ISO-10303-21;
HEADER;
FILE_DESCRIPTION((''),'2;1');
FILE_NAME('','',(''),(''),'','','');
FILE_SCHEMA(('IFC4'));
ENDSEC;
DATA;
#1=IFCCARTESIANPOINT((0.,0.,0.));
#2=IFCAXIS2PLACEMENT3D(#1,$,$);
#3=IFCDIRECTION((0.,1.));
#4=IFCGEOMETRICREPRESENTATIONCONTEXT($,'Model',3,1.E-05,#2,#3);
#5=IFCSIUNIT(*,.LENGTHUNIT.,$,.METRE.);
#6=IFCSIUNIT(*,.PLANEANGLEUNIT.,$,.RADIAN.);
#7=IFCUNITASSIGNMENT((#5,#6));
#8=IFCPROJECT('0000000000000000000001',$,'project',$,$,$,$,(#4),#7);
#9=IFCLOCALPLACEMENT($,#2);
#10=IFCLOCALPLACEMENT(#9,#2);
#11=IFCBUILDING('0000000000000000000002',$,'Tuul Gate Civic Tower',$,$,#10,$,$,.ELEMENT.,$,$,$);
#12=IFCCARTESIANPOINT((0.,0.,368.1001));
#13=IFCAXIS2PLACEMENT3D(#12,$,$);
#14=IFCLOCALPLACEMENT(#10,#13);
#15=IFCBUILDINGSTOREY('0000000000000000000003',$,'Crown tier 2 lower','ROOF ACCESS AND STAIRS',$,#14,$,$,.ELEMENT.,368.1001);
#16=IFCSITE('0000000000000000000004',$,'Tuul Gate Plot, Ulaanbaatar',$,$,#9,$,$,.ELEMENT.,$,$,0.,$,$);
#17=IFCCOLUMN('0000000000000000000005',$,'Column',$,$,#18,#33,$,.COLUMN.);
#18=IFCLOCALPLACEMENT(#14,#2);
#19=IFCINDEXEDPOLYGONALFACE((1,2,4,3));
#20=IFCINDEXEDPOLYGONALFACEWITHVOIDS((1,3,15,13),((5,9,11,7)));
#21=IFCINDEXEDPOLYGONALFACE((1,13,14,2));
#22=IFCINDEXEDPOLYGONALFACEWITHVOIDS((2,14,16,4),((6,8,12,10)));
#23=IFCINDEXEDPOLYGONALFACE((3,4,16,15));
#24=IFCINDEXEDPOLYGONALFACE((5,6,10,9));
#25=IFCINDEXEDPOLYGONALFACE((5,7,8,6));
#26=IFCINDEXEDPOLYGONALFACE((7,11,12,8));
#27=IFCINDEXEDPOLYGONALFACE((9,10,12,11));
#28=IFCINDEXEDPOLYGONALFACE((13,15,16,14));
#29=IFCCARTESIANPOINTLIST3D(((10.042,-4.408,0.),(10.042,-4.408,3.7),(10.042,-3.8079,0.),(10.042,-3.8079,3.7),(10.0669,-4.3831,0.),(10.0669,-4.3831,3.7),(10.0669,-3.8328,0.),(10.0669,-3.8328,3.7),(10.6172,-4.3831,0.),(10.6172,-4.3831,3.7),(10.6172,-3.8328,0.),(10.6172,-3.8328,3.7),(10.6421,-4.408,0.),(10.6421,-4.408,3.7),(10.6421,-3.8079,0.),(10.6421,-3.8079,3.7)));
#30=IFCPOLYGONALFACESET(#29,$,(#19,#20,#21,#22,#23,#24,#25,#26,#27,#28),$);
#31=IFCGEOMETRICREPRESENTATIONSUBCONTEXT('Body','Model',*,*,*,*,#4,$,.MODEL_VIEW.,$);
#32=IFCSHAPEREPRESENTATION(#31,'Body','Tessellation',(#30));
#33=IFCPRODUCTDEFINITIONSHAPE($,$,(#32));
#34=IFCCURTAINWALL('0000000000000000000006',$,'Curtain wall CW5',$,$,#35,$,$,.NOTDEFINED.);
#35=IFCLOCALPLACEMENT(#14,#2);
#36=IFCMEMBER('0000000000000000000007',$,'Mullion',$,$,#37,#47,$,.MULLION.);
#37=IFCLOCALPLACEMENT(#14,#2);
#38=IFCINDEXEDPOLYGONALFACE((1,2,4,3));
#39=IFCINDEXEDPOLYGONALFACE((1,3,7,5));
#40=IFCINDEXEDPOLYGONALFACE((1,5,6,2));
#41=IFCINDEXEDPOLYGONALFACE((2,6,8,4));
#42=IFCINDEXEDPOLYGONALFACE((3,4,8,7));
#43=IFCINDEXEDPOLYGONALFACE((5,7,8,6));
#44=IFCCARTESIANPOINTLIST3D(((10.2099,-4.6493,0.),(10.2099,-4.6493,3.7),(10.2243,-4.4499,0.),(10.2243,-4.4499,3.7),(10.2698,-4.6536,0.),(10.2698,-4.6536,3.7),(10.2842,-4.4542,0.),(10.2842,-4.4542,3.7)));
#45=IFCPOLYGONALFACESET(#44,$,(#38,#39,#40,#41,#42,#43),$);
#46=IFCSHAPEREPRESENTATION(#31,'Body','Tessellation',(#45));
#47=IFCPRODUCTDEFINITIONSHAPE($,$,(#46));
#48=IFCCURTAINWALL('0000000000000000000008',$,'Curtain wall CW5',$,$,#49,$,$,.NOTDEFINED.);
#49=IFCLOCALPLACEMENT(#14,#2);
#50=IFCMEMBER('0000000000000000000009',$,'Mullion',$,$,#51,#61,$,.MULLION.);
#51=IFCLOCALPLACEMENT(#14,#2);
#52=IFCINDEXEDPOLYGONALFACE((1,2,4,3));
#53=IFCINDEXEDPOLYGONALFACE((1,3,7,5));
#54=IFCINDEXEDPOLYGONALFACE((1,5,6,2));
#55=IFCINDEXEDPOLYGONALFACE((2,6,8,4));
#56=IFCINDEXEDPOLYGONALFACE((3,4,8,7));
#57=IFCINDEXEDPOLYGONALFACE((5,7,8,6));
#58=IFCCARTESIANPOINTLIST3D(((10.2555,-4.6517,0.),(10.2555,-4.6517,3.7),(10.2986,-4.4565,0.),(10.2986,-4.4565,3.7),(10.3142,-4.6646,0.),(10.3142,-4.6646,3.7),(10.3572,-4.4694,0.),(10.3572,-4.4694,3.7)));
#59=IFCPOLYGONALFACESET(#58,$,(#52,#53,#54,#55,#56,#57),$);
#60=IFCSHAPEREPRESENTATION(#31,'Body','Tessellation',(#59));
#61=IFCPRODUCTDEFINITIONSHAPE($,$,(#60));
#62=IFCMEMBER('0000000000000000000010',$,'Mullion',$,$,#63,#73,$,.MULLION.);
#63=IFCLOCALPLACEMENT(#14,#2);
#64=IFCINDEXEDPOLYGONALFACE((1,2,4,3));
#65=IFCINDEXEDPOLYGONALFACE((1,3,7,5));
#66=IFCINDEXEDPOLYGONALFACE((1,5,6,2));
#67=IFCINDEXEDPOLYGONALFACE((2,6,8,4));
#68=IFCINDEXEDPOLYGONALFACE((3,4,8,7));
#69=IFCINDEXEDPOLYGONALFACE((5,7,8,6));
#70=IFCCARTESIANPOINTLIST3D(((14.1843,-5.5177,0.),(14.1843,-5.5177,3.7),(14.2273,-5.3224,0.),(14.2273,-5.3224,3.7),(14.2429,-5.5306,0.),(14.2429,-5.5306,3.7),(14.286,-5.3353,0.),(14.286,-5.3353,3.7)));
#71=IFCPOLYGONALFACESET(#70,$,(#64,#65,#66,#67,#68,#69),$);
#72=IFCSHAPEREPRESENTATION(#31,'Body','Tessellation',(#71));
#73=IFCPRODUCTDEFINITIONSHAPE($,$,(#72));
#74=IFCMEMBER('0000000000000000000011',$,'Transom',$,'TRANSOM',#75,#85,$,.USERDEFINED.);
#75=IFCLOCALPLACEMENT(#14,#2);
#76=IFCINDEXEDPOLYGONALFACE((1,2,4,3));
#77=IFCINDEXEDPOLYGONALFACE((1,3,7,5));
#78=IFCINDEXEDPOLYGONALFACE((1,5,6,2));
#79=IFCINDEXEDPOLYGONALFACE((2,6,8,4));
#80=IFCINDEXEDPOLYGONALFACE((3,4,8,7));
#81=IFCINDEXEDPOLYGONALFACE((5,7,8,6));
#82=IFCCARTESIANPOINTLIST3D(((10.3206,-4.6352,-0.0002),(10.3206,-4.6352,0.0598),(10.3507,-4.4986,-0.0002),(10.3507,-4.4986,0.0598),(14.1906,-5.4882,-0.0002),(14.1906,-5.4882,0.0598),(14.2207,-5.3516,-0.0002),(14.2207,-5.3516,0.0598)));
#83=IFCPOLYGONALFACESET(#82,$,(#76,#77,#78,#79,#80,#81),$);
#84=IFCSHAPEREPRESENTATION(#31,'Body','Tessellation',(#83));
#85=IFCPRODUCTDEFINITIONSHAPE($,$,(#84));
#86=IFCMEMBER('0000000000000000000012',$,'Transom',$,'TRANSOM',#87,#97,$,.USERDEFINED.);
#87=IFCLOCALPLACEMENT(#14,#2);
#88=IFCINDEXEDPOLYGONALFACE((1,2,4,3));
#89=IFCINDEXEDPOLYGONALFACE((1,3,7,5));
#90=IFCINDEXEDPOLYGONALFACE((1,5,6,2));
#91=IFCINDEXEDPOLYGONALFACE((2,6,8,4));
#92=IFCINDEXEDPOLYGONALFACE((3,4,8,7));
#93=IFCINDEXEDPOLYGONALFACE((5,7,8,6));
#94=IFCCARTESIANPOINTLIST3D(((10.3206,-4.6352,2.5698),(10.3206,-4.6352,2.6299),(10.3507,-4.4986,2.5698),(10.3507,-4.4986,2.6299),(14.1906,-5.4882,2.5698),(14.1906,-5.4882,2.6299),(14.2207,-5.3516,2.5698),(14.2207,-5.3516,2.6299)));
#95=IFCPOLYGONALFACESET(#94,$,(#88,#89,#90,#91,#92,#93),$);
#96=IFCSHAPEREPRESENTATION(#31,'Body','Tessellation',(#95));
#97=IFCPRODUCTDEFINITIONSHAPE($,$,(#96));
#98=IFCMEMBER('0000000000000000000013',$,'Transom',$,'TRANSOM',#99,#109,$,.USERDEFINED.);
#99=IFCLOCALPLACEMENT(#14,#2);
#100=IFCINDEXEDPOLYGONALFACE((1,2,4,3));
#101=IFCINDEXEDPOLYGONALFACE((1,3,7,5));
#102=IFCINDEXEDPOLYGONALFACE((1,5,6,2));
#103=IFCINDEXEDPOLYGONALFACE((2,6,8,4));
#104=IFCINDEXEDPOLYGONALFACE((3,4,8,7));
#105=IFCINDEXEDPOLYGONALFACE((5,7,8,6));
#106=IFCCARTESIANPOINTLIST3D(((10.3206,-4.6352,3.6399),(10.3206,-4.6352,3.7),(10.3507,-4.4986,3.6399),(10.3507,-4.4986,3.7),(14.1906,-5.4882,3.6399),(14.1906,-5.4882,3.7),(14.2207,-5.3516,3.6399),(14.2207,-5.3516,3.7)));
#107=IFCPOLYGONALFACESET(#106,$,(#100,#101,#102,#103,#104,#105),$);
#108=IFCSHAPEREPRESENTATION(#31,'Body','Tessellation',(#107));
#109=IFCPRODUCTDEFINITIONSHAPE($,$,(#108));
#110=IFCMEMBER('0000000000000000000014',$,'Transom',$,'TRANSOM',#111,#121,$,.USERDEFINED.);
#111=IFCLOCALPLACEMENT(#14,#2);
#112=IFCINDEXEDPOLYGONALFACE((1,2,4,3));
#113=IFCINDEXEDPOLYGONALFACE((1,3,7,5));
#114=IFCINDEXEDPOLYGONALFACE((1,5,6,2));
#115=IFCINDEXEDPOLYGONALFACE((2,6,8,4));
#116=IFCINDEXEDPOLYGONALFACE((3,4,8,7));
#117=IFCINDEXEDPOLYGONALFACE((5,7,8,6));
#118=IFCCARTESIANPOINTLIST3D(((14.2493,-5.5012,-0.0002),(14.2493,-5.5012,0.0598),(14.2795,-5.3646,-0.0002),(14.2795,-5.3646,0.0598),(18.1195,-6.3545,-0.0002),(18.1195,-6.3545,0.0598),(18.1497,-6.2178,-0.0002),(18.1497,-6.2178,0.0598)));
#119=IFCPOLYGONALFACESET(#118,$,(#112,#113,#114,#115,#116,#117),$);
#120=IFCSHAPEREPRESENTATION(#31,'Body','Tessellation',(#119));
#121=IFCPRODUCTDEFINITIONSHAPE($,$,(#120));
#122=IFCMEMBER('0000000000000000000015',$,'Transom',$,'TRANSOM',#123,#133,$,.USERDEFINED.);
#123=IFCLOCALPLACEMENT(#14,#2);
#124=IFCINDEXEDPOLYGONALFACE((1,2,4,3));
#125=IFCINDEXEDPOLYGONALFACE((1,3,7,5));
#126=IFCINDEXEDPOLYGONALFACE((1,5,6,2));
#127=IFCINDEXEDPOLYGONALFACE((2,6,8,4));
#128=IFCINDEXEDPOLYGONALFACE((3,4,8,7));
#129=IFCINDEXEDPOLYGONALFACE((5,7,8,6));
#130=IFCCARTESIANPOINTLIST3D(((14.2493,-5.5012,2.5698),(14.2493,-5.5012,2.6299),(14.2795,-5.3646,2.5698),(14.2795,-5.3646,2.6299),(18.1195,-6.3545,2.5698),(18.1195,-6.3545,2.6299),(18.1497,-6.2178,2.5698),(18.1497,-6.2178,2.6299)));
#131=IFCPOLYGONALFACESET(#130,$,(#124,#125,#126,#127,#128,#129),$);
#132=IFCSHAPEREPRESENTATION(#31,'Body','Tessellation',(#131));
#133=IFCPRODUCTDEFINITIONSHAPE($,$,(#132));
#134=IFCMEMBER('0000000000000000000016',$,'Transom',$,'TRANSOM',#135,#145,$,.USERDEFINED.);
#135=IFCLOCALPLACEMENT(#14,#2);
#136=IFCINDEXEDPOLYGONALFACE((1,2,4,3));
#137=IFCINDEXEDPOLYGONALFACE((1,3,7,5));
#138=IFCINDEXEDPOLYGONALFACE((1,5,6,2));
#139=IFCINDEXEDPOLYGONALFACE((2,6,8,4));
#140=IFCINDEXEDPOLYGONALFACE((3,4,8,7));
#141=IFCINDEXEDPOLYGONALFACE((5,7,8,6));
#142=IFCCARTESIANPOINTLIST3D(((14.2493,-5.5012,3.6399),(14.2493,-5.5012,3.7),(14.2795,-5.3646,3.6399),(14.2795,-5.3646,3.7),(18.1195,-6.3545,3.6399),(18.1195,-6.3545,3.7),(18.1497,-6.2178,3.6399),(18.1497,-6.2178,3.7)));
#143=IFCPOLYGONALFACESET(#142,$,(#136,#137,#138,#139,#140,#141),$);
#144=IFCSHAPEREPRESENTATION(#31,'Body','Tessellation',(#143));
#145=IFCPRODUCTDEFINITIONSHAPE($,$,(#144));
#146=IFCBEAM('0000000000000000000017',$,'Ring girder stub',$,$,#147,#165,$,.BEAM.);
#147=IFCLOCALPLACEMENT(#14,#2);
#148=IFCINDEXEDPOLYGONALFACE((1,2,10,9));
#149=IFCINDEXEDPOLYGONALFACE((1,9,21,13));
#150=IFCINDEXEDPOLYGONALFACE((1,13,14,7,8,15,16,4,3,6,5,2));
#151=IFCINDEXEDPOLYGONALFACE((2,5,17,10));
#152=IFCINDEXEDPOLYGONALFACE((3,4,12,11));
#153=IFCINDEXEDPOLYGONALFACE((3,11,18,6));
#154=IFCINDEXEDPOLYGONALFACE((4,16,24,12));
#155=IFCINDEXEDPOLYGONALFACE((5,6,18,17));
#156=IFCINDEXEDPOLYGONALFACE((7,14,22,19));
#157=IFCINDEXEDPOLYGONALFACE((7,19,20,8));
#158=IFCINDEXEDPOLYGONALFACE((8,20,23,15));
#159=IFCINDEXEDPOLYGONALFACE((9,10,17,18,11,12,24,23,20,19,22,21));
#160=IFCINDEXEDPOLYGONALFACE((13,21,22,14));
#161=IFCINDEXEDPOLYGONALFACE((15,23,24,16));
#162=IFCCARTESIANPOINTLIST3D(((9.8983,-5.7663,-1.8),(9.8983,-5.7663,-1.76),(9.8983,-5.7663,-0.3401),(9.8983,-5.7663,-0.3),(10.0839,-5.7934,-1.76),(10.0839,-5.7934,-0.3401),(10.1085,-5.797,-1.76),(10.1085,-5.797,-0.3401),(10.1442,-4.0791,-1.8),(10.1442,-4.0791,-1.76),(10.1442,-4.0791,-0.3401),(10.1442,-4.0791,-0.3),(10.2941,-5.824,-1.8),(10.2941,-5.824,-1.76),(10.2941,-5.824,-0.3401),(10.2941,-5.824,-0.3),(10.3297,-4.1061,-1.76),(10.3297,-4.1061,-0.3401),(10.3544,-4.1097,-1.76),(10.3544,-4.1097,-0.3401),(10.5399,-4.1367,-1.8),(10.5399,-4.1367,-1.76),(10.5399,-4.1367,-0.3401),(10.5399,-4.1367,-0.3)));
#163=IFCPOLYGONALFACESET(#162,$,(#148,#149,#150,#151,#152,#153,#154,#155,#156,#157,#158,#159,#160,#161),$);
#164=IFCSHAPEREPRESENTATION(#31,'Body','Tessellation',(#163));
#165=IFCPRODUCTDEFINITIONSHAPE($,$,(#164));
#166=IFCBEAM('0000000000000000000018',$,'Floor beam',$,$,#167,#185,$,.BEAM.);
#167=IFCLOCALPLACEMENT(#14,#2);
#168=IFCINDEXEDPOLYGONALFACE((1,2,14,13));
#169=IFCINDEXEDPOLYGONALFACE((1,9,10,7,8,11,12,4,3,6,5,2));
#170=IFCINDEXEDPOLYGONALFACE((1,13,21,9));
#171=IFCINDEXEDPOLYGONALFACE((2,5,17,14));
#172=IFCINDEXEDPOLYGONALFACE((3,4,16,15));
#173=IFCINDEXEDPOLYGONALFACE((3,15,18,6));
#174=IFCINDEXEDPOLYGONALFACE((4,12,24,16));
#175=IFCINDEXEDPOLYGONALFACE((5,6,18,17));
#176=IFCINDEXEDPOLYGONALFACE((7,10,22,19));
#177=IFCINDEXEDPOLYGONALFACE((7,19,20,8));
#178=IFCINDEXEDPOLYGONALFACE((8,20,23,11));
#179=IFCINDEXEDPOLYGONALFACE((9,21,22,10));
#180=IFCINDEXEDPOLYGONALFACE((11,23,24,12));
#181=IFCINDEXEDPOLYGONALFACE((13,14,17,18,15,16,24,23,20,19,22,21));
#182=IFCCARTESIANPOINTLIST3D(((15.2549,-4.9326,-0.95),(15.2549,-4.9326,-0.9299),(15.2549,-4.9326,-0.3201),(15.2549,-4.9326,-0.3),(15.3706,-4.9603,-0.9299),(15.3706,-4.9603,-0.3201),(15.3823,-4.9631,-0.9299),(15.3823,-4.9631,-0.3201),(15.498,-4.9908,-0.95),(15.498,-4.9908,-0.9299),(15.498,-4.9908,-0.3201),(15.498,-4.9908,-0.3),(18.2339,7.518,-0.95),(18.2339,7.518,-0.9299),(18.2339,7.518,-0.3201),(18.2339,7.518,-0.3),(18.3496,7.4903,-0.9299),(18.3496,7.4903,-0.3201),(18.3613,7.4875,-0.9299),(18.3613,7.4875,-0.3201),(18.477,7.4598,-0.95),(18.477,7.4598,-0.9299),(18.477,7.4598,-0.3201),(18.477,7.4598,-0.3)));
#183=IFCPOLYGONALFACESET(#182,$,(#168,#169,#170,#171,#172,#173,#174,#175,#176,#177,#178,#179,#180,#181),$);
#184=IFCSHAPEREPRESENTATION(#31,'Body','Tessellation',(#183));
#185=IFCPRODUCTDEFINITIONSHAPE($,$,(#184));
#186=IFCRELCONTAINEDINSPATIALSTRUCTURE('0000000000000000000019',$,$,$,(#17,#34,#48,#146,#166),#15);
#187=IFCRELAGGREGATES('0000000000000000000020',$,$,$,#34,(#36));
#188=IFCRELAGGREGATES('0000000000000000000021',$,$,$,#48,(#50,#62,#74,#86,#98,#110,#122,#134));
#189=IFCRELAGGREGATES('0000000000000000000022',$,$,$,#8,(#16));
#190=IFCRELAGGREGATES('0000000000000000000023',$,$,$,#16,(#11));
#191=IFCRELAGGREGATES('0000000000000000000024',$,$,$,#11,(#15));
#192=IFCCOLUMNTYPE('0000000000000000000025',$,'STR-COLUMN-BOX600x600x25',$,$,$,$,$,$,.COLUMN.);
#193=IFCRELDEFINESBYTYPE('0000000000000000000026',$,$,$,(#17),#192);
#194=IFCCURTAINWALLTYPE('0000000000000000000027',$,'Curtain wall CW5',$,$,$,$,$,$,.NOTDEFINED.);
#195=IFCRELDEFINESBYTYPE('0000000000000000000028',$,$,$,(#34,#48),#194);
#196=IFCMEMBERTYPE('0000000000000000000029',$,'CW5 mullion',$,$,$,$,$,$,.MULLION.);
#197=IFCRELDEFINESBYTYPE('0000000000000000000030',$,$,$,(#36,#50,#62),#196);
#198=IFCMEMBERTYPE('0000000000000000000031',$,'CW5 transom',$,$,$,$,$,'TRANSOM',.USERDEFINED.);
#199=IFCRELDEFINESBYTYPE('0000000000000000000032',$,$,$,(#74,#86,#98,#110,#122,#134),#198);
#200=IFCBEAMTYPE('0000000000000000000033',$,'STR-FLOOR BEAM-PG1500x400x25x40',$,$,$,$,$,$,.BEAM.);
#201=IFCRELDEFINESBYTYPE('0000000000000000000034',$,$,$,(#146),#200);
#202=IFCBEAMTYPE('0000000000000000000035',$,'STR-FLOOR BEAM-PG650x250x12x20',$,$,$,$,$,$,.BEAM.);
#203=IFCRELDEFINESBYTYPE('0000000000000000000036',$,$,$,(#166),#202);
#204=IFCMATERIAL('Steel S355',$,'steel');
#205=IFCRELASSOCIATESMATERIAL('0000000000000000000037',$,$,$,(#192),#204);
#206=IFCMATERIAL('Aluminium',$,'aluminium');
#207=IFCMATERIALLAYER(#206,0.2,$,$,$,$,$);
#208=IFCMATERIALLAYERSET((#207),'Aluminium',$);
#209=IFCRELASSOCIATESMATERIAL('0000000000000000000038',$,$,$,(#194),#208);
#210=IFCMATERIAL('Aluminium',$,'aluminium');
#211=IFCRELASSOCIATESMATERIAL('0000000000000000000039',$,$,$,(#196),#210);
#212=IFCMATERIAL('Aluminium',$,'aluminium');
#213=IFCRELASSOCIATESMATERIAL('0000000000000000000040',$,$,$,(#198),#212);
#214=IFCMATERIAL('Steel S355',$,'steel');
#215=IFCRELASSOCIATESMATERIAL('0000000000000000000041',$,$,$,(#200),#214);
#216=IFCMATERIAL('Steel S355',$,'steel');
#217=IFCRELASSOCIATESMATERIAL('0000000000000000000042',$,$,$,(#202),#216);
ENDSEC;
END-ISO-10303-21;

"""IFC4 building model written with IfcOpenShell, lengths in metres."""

from ifc_helpers import new_model, si_unit, direction, frame, origin, origin_2d, place, context, subcontext, project, spatial, rectangle, hollow_rectangle, i_section, extrude, material, layer, layer_set, material_profile, profile_set, type_object, element, aggregate, save


model = new_model("IFC4")

# Units and contexts
model_context = context("Model", 3, precision=1e-05, world=origin(), true_north=direction((0.0, 1.0)))
body_context = subcontext(model_context, "Body", "Model", "MODEL_VIEW")
ifc_project = project(units=[si_unit("LENGTHUNIT", "METRE"), si_unit("PLANEANGLEUNIT", "RADIAN")], contexts=[model_context])

# Site, building, storey
site_placement = place(None, origin())
site = spatial("IfcSite", under=ifc_project, at=site_placement, Name="Tuul Gate Plot, Ulaanbaatar", CompositionType="ELEMENT", RefElevation=0.0)
building_placement = place(site_placement, origin())
building = spatial("IfcBuilding", under=site, at=building_placement, Name="Tuul Gate Civic Tower", CompositionType="ELEMENT")
storey_placement = place(building_placement, frame((0.0, 0.0, 368.1001)))
storey = spatial("IfcBuildingStorey", under=building, at=storey_placement, Name="Crown tier 2 lower", Description="ROOF ACCESS AND STAIRS", CompositionType="ELEMENT", Elevation=368.1001)

# Column
ifc_material_1 = material(Name="Steel S355", Category="steel")
ifc_material_profile_1 = material_profile(ifc_material_1, hollow_rectangle(XDim=0.6001, YDim=0.6001, WallThickness=0.0249, at=origin_2d()), Name="BOX600x600x25")
ifc_profile_set_1 = profile_set([ifc_material_profile_1], Name="Steel S355")
column_type = type_object("IfcColumnType", Name="STR-COLUMN-BOX600x600x25", PredefinedType="COLUMN", material=ifc_profile_set_1)
column_placement = place(storey_placement, frame((10.342, -4.1079, 0.0), z_axis=(0.0, 0.0, 1.0), x_axis=(1.0, 0.0, 0.0)))
element("IfcColumn", 1, at=column_placement, inside=storey, type_object=column_type, Name="Column", PredefinedType="COLUMN", context=body_context, shape_type="SweptSolid", body=[
    extrude(hollow_rectangle(XDim=0.6001, YDim=0.6001, WallThickness=0.0249, at=origin_2d()), origin(), (0.0, 0.0, 1.0), 3.7),
])

# Curtain wall, member
ifc_material_2 = material(Name="Aluminium", Category="aluminium")
ifc_layer_1 = layer(ifc_material_2, 0.2)
ifc_layer_set_1 = layer_set([ifc_layer_1], Name="Aluminium")
curtain_wall_type = type_object("IfcCurtainWallType", Name="Curtain wall CW5", PredefinedType="NOTDEFINED", material=ifc_layer_set_1)
curtain_wall_1_placement = place(storey_placement, origin())
curtain_wall_1 = element("IfcCurtainWall", 2, at=curtain_wall_1_placement, inside=storey, type_object=curtain_wall_type, Name="Curtain wall CW5", PredefinedType="NOTDEFINED")
ifc_material_3 = material(Name="Aluminium", Category="aluminium")
ifc_material_profile_2 = material_profile(ifc_material_3, rectangle(XDim=0.2, YDim=0.0601, at=origin_2d()), Name="CW5 mullion")
ifc_profile_set_2 = profile_set([ifc_material_profile_2], Name="Aluminium")
member_type_1 = type_object("IfcMemberType", Name="CW5 mullion", PredefinedType="MULLION", material=ifc_profile_set_2)
member_1_placement = place(storey_placement, frame((10.2471, -4.5518, 0.0), z_axis=(0.0, 0.0, 1.0), x_axis=(0.072168, 0.997393, 0.0)))
member_1 = element("IfcMember", 3, at=member_1_placement, type_object=member_type_1, Name="Mullion", PredefinedType="MULLION", context=body_context, shape_type="SweptSolid", body=[
    extrude(rectangle(XDim=0.2, YDim=0.0601, at=origin_2d()), origin(), (0.0, 0.0, 1.0), 3.7),
])

# Curtain wall, members
curtain_wall_2_placement = place(storey_placement, origin())
curtain_wall_2 = element("IfcCurtainWall", 4, at=curtain_wall_2_placement, inside=storey, type_object=curtain_wall_type, Name="Curtain wall CW5", PredefinedType="NOTDEFINED")
member_2_placement = place(storey_placement, frame((10.3064, -4.5605, 0.0), z_axis=(0.0, 0.0, 1.0), x_axis=(0.215271, 0.976554, 0.0)))
member_2 = element("IfcMember", 5, at=member_2_placement, type_object=member_type_1, Name="Mullion", PredefinedType="MULLION", context=body_context, shape_type="SweptSolid", body=[
    extrude(rectangle(XDim=0.2, YDim=0.0601, at=origin_2d()), origin(), (0.0, 0.0, 1.0), 3.7),
])
member_3_placement = place(storey_placement, frame((14.2351, -5.4265, 0.0), z_axis=(0.0, 0.0, 1.0), x_axis=(0.215271, 0.976554, 0.0)))
member_3 = element("IfcMember", 6, at=member_3_placement, type_object=member_type_1, Name="Mullion", PredefinedType="MULLION", context=body_context, shape_type="SweptSolid", body=[
    extrude(rectangle(XDim=0.2, YDim=0.0601, at=origin_2d()), origin(), (0.0, 0.0, 1.0), 3.7),
])
ifc_material_4 = material(Name="Aluminium", Category="aluminium")
ifc_material_profile_3 = material_profile(ifc_material_4, rectangle(XDim=0.1399, YDim=0.0601, at=origin_2d()), Name="CW5 transom")
ifc_profile_set_3 = profile_set([ifc_material_profile_3], Name="Aluminium")
member_type_2 = type_object("IfcMemberType", Name="CW5 transom", ElementType="TRANSOM", PredefinedType="USERDEFINED", material=ifc_profile_set_3)
member_4_placement = place(storey_placement, frame((10.3357, -4.5669, 0.0298), z_axis=(0.97656, -0.215247, 0.0), x_axis=(0.215247, 0.97656, 0.0)))
member_4 = element("IfcMember", 7, at=member_4_placement, type_object=member_type_2, Name="Transom", ObjectType="TRANSOM", PredefinedType="USERDEFINED", context=body_context, shape_type="SweptSolid", body=[
    extrude(rectangle(XDim=0.1399, YDim=0.0601, at=origin_2d()), origin(), (0.0, 0.0, 1.0), 3.9629),
])
member_5_placement = place(storey_placement, frame((10.3357, -4.5669, 2.5999), z_axis=(0.97656, -0.215247, 0.0), x_axis=(0.215247, 0.97656, 0.0)))
member_5 = element("IfcMember", 8, at=member_5_placement, type_object=member_type_2, Name="Transom", ObjectType="TRANSOM", PredefinedType="USERDEFINED", context=body_context, shape_type="SweptSolid", body=[
    extrude(rectangle(XDim=0.1399, YDim=0.0601, at=origin_2d()), origin(), (0.0, 0.0, 1.0), 3.9629),
])
member_6_placement = place(storey_placement, frame((10.3357, -4.5669, 3.6699), z_axis=(0.97656, -0.215247, 0.0), x_axis=(0.215247, 0.97656, 0.0)))
member_6 = element("IfcMember", 9, at=member_6_placement, type_object=member_type_2, Name="Transom", ObjectType="TRANSOM", PredefinedType="USERDEFINED", context=body_context, shape_type="SweptSolid", body=[
    extrude(rectangle(XDim=0.1399, YDim=0.0601, at=origin_2d()), origin(), (0.0, 0.0, 1.0), 3.9629),
])
member_7_placement = place(storey_placement, frame((14.2644, -5.4329, 0.0298), z_axis=(0.976547, -0.215306, 0.0), x_axis=(0.215306, 0.976547, 0.0)))
member_7 = element("IfcMember", 10, at=member_7_placement, type_object=member_type_2, Name="Transom", ObjectType="TRANSOM", PredefinedType="USERDEFINED", context=body_context, shape_type="SweptSolid", body=[
    extrude(rectangle(XDim=0.1399, YDim=0.0601, at=origin_2d()), origin(), (0.0, 0.0, 1.0), 3.9631),
])
member_8_placement = place(storey_placement, frame((14.2644, -5.4329, 2.5999), z_axis=(0.976547, -0.215306, 0.0), x_axis=(0.215306, 0.976547, 0.0)))
member_8 = element("IfcMember", 11, at=member_8_placement, type_object=member_type_2, Name="Transom", ObjectType="TRANSOM", PredefinedType="USERDEFINED", context=body_context, shape_type="SweptSolid", body=[
    extrude(rectangle(XDim=0.1399, YDim=0.0601, at=origin_2d()), origin(), (0.0, 0.0, 1.0), 3.9631),
])
member_9_placement = place(storey_placement, frame((14.2644, -5.4329, 3.6699), z_axis=(0.976547, -0.215306, 0.0), x_axis=(0.215306, 0.976547, 0.0)))
member_9 = element("IfcMember", 12, at=member_9_placement, type_object=member_type_2, Name="Transom", ObjectType="TRANSOM", PredefinedType="USERDEFINED", context=body_context, shape_type="SweptSolid", body=[
    extrude(rectangle(XDim=0.1399, YDim=0.0601, at=origin_2d()), origin(), (0.0, 0.0, 1.0), 3.9631),
])

# Beams
ifc_material_5 = material(Name="Steel S355", Category="steel")
ifc_material_profile_4 = material_profile(ifc_material_5, i_section(OverallWidth=0.3999, OverallDepth=1.5, WebThickness=0.0249, FlangeThickness=0.04, at=origin_2d()), Name="PG1500x400x25x40")
ifc_profile_set_4 = profile_set([ifc_material_profile_4], Name="Steel S355")
beam_type_1 = type_object("IfcBeamType", Name="STR-FLOOR BEAM-PG1500x400x25x40", PredefinedType="BEAM", material=ifc_profile_set_4)
beam_1_placement = place(storey_placement, frame((10.0962, -5.7952, -1.05), z_axis=(0.144187, 0.98955, 0.0), x_axis=(-0.98955, 0.144187, 0.0)))
element("IfcBeam", 13, at=beam_1_placement, inside=storey, type_object=beam_type_1, Name="Ring girder stub", PredefinedType="BEAM", context=body_context, shape_type="SweptSolid", body=[
    extrude(i_section(OverallWidth=0.3999, OverallDepth=1.5, WebThickness=0.0249, FlangeThickness=0.04, at=origin_2d()), origin(), (0.0, 0.0, 1.0), 1.7051),
])
ifc_material_6 = material(Name="Steel S355", Category="steel")
ifc_material_profile_5 = material_profile(ifc_material_6, i_section(OverallWidth=0.25, OverallDepth=0.6499, WebThickness=0.012, FlangeThickness=0.02, at=origin_2d()), Name="PG650x250x12x20")
ifc_profile_set_5 = profile_set([ifc_material_profile_5], Name="Steel S355")
beam_type_2 = type_object("IfcBeamType", Name="STR-FLOOR BEAM-PG650x250x12x20", PredefinedType="BEAM", material=ifc_profile_set_5)
beam_2_placement = place(storey_placement, frame((15.3765, -4.9617, -0.625), z_axis=(0.232696, 0.972549, 0.0), x_axis=(-0.972549, 0.232696, 0.0)))
element("IfcBeam", 14, at=beam_2_placement, inside=storey, type_object=beam_type_2, Name="Floor beam", PredefinedType="BEAM", context=body_context, shape_type="SweptSolid", body=[
    extrude(i_section(OverallWidth=0.25, OverallDepth=0.6499, WebThickness=0.012, FlangeThickness=0.02, at=origin_2d()), origin(), (0.0, 0.0, 1.0), 12.802),
])

aggregate(curtain_wall_1, [member_1])
aggregate(curtain_wall_2, [member_2, member_3, member_4, member_5, member_6, member_7, member_8, member_9])

save(model, "model.ifc")
